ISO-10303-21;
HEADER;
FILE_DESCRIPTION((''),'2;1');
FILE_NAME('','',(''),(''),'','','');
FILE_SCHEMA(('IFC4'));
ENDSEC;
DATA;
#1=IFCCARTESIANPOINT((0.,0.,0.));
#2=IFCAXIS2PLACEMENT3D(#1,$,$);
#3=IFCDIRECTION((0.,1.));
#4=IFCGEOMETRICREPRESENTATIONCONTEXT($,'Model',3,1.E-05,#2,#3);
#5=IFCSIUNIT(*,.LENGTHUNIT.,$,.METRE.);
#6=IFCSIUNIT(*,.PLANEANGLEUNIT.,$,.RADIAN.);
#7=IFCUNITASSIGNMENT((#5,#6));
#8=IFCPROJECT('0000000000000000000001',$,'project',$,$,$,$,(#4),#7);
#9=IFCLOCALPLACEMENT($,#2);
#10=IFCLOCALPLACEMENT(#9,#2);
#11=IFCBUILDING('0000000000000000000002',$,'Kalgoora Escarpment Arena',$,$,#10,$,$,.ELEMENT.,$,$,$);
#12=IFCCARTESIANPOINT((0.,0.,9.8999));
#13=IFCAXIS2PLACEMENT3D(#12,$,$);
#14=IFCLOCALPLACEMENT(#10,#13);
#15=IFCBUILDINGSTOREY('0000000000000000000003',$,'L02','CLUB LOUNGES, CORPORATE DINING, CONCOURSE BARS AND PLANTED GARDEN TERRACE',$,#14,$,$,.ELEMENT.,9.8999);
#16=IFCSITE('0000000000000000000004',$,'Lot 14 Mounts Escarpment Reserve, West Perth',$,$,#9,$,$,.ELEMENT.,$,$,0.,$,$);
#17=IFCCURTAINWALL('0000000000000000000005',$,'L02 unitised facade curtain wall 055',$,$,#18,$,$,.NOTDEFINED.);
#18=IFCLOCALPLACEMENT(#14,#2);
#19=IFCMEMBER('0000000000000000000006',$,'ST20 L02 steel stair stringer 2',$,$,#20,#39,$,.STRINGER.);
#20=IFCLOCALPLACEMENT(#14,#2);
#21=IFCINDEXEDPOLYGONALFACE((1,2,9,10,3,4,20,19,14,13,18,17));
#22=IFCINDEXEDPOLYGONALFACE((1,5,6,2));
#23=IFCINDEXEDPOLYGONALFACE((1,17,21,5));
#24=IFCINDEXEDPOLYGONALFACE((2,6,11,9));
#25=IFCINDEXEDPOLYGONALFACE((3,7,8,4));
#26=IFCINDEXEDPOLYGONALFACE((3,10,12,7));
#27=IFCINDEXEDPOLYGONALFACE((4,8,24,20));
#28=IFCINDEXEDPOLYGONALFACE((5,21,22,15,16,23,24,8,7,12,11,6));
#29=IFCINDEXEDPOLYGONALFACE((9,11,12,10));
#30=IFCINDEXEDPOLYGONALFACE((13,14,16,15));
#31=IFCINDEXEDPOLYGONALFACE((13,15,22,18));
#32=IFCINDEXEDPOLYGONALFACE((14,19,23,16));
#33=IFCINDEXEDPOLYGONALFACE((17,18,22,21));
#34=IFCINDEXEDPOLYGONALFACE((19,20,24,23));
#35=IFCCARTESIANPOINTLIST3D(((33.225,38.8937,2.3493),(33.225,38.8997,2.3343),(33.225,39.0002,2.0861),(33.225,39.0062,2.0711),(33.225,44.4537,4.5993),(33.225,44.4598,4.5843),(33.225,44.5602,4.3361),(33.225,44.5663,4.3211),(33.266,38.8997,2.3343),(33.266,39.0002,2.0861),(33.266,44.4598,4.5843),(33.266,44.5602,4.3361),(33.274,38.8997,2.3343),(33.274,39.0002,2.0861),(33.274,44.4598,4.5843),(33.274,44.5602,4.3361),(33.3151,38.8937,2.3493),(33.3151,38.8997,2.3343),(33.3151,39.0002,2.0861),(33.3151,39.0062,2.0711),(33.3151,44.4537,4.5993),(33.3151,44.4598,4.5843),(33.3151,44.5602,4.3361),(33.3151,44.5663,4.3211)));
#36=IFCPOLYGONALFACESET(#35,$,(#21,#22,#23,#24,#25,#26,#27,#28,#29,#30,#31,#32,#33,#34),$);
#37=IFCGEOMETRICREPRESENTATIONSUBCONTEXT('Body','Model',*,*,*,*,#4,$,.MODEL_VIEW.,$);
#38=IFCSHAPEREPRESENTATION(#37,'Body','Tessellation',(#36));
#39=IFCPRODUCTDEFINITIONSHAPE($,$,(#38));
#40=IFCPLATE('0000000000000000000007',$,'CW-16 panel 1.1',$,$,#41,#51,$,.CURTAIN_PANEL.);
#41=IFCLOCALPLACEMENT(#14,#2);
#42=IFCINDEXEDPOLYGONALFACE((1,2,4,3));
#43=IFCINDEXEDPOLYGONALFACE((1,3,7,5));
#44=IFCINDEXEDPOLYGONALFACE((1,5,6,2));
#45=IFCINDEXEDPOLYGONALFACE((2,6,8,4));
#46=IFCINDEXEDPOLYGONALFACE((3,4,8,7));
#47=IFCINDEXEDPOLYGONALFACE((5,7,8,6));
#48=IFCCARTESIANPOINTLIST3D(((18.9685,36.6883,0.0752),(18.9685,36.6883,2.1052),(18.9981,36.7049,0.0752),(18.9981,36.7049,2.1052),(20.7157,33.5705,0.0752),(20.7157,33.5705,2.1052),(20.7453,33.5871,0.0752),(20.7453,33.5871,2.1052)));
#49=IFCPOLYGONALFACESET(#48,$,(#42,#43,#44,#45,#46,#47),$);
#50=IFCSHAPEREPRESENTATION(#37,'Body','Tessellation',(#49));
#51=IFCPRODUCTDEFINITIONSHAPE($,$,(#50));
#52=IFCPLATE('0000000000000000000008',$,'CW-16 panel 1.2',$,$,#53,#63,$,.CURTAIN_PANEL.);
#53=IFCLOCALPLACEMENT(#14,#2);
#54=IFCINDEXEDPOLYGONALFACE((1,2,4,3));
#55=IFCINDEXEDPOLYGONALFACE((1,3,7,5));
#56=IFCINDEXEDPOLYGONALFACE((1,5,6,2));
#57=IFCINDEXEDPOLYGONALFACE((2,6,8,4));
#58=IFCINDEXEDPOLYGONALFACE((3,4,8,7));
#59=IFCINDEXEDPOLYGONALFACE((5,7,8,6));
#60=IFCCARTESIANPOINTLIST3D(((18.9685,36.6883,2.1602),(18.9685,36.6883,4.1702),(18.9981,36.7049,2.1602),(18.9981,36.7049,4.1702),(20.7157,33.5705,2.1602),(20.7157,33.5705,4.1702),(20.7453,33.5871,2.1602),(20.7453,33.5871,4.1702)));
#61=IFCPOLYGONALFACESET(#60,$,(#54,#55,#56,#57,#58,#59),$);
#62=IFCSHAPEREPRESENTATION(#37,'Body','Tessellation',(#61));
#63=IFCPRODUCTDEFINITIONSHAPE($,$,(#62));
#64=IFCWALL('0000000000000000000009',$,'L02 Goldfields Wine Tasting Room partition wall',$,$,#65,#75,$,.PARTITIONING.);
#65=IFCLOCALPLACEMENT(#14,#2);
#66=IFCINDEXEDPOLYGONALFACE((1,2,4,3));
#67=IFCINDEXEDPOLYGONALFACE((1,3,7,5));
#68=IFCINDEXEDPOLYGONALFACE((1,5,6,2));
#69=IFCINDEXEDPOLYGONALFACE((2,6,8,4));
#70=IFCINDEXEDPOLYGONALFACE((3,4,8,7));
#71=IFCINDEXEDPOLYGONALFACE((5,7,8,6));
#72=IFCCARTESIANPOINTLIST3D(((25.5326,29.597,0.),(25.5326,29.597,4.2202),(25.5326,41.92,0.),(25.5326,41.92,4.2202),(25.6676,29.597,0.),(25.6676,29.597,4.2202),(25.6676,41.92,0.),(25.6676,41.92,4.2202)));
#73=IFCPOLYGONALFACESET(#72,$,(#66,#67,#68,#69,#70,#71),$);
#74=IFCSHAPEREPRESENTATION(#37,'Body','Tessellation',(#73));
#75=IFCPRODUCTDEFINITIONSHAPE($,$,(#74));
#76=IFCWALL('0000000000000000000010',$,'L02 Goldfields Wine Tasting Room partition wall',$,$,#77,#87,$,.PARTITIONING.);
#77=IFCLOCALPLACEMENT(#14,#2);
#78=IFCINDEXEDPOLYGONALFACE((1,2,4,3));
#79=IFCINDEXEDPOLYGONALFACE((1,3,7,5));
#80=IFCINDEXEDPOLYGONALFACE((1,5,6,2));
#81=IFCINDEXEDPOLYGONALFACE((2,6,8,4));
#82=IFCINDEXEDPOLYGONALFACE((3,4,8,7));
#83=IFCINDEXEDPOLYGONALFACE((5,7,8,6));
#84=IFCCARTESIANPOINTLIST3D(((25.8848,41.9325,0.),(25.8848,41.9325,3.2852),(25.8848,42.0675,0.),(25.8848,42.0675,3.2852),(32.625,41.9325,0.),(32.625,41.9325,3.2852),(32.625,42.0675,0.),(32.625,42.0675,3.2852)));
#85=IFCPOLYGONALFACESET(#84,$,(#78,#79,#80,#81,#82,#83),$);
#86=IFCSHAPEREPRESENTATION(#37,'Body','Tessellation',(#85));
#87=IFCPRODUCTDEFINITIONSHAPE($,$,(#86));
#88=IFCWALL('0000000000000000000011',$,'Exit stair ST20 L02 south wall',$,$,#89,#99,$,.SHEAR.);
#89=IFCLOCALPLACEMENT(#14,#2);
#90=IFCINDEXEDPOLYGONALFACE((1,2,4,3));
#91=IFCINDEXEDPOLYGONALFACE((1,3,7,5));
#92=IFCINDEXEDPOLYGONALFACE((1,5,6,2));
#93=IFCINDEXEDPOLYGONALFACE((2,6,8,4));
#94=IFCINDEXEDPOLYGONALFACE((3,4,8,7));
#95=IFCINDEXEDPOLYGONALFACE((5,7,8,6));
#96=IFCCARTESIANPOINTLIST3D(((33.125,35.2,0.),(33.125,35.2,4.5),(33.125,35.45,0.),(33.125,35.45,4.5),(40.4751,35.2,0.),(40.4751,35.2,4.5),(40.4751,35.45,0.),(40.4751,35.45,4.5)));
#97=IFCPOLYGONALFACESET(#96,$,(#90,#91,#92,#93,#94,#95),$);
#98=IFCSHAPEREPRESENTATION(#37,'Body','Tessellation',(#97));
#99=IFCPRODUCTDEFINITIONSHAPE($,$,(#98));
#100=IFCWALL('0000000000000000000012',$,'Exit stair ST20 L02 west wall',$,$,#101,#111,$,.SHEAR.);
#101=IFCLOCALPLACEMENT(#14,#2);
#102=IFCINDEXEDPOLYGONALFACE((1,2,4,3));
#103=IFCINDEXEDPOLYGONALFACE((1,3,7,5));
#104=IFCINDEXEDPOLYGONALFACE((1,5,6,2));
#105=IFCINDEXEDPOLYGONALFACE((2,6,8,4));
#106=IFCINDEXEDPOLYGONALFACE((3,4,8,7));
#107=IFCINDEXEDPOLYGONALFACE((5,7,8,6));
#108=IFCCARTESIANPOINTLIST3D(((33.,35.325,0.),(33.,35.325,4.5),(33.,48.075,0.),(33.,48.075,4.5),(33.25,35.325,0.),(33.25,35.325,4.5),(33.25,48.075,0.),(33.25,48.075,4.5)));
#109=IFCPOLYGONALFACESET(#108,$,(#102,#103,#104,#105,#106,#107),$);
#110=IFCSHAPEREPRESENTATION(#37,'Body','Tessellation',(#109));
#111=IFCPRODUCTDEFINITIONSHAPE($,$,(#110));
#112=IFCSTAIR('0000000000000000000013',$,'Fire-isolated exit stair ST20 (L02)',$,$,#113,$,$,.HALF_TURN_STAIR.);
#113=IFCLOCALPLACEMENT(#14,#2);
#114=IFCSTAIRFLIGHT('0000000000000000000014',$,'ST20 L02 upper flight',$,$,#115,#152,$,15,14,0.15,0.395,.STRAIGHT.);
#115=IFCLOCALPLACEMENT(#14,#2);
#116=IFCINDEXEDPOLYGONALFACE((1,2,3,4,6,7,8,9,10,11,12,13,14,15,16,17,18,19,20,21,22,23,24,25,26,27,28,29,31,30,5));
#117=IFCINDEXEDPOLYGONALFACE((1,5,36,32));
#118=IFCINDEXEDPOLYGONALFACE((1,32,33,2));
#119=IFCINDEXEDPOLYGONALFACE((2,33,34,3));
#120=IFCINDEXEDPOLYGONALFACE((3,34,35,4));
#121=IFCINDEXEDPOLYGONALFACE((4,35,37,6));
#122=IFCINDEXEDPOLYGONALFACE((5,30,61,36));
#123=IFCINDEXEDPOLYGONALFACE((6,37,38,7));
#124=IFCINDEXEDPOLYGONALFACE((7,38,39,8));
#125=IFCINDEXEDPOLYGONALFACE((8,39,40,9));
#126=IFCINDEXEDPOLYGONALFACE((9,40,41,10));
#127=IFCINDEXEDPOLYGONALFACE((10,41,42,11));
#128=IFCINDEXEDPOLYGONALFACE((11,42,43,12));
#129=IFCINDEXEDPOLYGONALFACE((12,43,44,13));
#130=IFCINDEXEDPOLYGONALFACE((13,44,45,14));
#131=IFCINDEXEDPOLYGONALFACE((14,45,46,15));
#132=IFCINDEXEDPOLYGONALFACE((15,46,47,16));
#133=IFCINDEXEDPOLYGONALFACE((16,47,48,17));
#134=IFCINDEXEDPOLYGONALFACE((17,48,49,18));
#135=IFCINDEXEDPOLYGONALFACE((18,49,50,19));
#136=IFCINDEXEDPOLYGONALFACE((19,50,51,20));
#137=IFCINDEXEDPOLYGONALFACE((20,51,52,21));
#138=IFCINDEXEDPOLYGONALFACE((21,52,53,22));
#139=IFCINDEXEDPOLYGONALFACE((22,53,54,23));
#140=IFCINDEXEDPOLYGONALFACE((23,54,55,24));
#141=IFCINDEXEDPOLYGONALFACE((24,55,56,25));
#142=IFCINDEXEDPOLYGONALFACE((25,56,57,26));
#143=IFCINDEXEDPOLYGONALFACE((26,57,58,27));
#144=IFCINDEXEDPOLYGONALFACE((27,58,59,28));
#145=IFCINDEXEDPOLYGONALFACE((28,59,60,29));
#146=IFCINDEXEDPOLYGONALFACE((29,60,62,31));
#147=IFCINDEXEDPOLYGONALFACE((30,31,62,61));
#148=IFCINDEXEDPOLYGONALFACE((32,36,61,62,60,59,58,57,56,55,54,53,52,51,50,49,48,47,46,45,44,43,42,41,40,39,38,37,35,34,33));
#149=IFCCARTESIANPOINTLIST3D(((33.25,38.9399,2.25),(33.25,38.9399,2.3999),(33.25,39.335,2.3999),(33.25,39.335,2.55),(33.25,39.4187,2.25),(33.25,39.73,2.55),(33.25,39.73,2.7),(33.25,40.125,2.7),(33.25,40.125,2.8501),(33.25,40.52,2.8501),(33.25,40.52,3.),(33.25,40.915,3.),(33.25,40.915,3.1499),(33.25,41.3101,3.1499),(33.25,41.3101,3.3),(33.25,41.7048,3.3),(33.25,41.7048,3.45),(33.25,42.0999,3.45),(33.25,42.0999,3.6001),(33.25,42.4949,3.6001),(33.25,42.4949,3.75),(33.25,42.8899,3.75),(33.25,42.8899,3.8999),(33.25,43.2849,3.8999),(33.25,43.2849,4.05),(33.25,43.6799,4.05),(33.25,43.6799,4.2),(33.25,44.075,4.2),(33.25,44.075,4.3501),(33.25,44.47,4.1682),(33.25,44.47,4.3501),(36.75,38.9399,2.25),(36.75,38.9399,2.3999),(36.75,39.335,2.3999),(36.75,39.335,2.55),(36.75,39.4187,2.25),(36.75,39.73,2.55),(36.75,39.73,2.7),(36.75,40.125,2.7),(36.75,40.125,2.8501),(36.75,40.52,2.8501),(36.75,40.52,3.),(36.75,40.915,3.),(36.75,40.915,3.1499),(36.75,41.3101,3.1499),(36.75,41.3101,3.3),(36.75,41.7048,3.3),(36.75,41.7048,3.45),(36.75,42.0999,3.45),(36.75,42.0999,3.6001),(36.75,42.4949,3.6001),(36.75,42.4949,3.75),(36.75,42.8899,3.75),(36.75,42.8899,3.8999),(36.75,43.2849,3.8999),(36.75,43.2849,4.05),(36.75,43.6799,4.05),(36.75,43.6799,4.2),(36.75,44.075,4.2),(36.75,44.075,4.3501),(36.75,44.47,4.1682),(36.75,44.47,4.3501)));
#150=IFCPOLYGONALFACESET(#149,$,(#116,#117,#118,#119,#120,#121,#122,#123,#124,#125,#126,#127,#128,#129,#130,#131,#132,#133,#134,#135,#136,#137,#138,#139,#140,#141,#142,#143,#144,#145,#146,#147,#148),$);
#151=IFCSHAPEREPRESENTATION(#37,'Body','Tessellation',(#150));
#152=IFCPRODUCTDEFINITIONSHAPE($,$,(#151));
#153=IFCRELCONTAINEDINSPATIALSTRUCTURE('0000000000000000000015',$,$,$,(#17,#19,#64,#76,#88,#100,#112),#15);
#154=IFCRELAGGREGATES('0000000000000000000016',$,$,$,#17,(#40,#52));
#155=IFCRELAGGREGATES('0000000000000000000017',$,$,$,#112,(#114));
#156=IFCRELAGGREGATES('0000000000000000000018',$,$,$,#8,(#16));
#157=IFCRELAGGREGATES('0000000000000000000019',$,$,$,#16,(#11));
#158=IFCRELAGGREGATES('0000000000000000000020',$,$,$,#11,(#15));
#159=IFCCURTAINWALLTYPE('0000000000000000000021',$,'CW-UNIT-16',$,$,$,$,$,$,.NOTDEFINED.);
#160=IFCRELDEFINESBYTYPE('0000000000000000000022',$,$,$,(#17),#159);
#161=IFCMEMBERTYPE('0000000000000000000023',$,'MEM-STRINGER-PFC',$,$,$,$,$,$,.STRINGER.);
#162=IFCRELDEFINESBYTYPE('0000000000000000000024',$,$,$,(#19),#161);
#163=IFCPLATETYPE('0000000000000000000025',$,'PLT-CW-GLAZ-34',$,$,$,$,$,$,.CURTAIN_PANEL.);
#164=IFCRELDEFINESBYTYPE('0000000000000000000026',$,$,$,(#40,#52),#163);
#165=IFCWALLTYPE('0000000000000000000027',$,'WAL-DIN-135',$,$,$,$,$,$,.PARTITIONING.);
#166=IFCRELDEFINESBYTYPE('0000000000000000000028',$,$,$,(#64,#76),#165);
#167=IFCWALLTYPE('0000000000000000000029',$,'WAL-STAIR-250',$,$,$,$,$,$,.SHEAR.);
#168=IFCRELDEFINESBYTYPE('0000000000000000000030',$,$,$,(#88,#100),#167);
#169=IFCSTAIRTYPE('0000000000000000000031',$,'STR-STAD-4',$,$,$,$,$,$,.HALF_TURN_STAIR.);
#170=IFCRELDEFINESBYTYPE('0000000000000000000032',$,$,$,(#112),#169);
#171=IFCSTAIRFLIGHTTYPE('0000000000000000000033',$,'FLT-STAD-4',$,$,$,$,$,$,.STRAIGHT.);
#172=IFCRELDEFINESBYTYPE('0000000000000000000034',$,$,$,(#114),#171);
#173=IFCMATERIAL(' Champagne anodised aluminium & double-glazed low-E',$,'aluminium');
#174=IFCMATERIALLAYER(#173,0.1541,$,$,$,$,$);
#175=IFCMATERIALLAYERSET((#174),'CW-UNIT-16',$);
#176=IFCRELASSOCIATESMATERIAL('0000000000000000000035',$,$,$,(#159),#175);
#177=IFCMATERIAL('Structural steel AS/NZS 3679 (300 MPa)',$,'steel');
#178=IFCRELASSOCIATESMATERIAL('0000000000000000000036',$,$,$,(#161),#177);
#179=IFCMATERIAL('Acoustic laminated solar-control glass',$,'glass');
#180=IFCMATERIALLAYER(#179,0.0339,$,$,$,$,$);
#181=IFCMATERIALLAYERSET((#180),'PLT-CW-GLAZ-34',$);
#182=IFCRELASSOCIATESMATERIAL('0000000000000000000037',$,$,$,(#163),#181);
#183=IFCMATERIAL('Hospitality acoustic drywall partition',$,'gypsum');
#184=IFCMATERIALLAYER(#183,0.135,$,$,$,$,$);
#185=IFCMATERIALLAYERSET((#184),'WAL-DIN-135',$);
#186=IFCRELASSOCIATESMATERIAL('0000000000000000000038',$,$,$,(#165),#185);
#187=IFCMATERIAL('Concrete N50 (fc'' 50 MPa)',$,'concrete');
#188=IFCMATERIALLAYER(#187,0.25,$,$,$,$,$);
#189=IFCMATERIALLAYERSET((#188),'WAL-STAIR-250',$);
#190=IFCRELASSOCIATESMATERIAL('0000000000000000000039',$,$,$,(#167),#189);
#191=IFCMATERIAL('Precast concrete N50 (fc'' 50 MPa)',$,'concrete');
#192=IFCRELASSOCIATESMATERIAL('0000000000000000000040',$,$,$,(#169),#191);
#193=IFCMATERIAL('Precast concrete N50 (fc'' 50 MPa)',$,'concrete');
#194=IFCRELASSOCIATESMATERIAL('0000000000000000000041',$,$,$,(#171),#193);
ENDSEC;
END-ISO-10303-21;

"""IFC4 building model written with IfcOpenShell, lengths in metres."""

from ifc_helpers import new_model, si_unit, direction, frame, frame_2d, origin, origin_2d, place, context, subcontext, project, spatial, polyline, rectangle, i_section, outline, extrude, material, layer, layer_set, material_profile, profile_set, type_object, element, aggregate, save


model = new_model("IFC4")

# Units and contexts
model_context = context("Model", 3, precision=1e-05, world=origin(), true_north=direction((0.0, 1.0)))
body_context = subcontext(model_context, "Body", "Model", "MODEL_VIEW")
ifc_project = project(units=[si_unit("LENGTHUNIT", "METRE"), si_unit("PLANEANGLEUNIT", "RADIAN")], contexts=[model_context])

# Site, building, storey
site_placement = place(None, origin())
site = spatial("IfcSite", under=ifc_project, at=site_placement, Name="Lot 14 Mounts Escarpment Reserve, West Perth", CompositionType="ELEMENT", RefElevation=0.0)
building_placement = place(site_placement, origin())
building = spatial("IfcBuilding", under=site, at=building_placement, Name="Kalgoora Escarpment Arena", CompositionType="ELEMENT")
storey_placement = place(building_placement, frame((0.0, 0.0, 9.8999)))
storey = spatial("IfcBuildingStorey", under=building, at=storey_placement, Name="L02", Description="CLUB LOUNGES, CORPORATE DINING, CONCOURSE BARS AND PLANTED GARDEN TERRACE", CompositionType="ELEMENT", Elevation=9.8999)

# Curtain wall
ifc_material_1 = material(Name=" Champagne anodised aluminium & double-glazed low-E", Category="aluminium")
ifc_layer_1 = layer(ifc_material_1, 0.1541)
ifc_layer_set_1 = layer_set([ifc_layer_1], Name="CW-UNIT-16")
curtain_wall_type = type_object("IfcCurtainWallType", Name="CW-UNIT-16", PredefinedType="NOTDEFINED", material=ifc_layer_set_1)
curtain_wall_placement = place(storey_placement, origin())
curtain_wall = element("IfcCurtainWall", 1, at=curtain_wall_placement, inside=storey, type_object=curtain_wall_type, Name="L02 unitised facade curtain wall 055", PredefinedType="NOTDEFINED")

# Member
ifc_material_2 = material(Name="Structural steel AS/NZS 3679 (300 MPa)", Category="steel")
ifc_material_profile_1 = material_profile(ifc_material_2, i_section(OverallWidth=0.0901, OverallDepth=0.3, WebThickness=0.0081, FlangeThickness=0.0161, at=origin_2d()))
ifc_profile_set_1 = profile_set([ifc_material_profile_1], Name="Structural steel AS/NZS 3679 (300 MPa)")
member_type_1 = type_object("IfcMemberType", Name="MEM-STRINGER-PFC", PredefinedType="STRINGER", material=ifc_profile_set_1)
member_1_placement = place(storey_placement, frame((33.27, 38.95, 2.2102), z_axis=(0.0, 0.926976, 0.375121), x_axis=(-1.0, 0.0, 0.0)))
element("IfcMember", 2, at=member_1_placement, inside=storey, type_object=member_type_1, Name="ST20 L02 steel stair stringer 2", PredefinedType="STRINGER", context=body_context, shape_type="SweptSolid", body=[
    extrude(i_section(OverallWidth=0.0901, OverallDepth=0.3, WebThickness=0.0081, FlangeThickness=0.0161, at=origin_2d()), origin(), (0.0, 0.0, 1.0), 5.998),
])

# Plates
ifc_material_3 = material(Name="Acoustic laminated solar-control glass", Category="glass")
ifc_layer_2 = layer(ifc_material_3, 0.0339)
ifc_layer_set_2 = layer_set([ifc_layer_2], Name="PLT-CW-GLAZ-34")
plate_type = type_object("IfcPlateType", Name="PLT-CW-GLAZ-34", PredefinedType="CURTAIN_PANEL", material=ifc_layer_set_2)
plate_1_placement = place(storey_placement, frame((19.8569, 35.1377, 0.0752), z_axis=(0.0, 0.0, 1.0), x_axis=(-0.488871, 0.872356, 0.0)))
plate_1 = element("IfcPlate", 3, at=plate_1_placement, type_object=plate_type, Name="CW-16 panel 1.1", PredefinedType="CURTAIN_PANEL", context=body_context, shape_type="SweptSolid", body=[
    extrude(rectangle(XDim=3.574, YDim=0.0339, at=origin_2d()), origin(), (0.0, 0.0, 1.0), 2.03),
])
plate_2_placement = place(storey_placement, frame((19.8569, 35.1377, 2.1602), z_axis=(0.0, 0.0, 1.0), x_axis=(-0.488871, 0.872356, 0.0)))
plate_2 = element("IfcPlate", 4, at=plate_2_placement, type_object=plate_type, Name="CW-16 panel 1.2", PredefinedType="CURTAIN_PANEL", context=body_context, shape_type="SweptSolid", body=[
    extrude(rectangle(XDim=3.574, YDim=0.0339, at=origin_2d()), origin(), (0.0, 0.0, 1.0), 2.01),
])
aggregate(curtain_wall, [plate_1, plate_2])

# Walls
ifc_material_4 = material(Name="Hospitality acoustic drywall partition", Category="gypsum")
ifc_layer_3 = layer(ifc_material_4, 0.135)
ifc_layer_set_3 = layer_set([ifc_layer_3], Name="WAL-DIN-135")
wall_type_1 = type_object("IfcWallType", Name="WAL-DIN-135", PredefinedType="PARTITIONING", material=ifc_layer_set_3)
wall_1_placement = place(storey_placement, frame((25.6001, 29.5969, 0.0), z_axis=(0.0, 0.0, 1.0), x_axis=(0.0, 1.0, 0.0)))
element("IfcWall", 5, at=wall_1_placement, inside=storey, type_object=wall_type_1, Name="L02 Goldfields Wine Tasting Room partition wall", PredefinedType="PARTITIONING", context=body_context, shape_type="SweptSolid", body=[
    extrude(rectangle(XDim=12.323, YDim=0.135, at=frame_2d((6.1616, 0.0))), origin(), (0.0, 0.0, 1.0), 4.2202),
])
wall_2_placement = place(storey_placement, frame((25.8848, 42.0, 0.0), z_axis=(0.0, 0.0, 1.0), x_axis=(1.0, 0.0, 0.0)))
element("IfcWall", 6, at=wall_2_placement, inside=storey, type_object=wall_type_1, Name="L02 Goldfields Wine Tasting Room partition wall", PredefinedType="PARTITIONING", context=body_context, shape_type="SweptSolid", body=[
    extrude(rectangle(XDim=6.7402, YDim=0.135, at=frame_2d((3.3701, 0.0))), origin(), (0.0, 0.0, 1.0), 3.2852),
])
ifc_material_5 = material(Name="Concrete N50 (fc' 50 MPa)", Category="concrete")
ifc_layer_4 = layer(ifc_material_5, 0.25)
ifc_layer_set_4 = layer_set([ifc_layer_4], Name="WAL-STAIR-250")
wall_type_2 = type_object("IfcWallType", Name="WAL-STAIR-250", PredefinedType="SHEAR", material=ifc_layer_set_4)
wall_3_placement = place(storey_placement, frame((33.125, 35.325, 0.0), z_axis=(0.0, 0.0, 1.0), x_axis=(1.0, 0.0, 0.0)))
element("IfcWall", 7, at=wall_3_placement, inside=storey, type_object=wall_type_2, Name="Exit stair ST20 L02 south wall", PredefinedType="SHEAR", context=body_context, shape_type="SweptSolid", body=[
    extrude(rectangle(XDim=7.3501, YDim=0.25, at=frame_2d((3.675, 0.0))), origin(), (0.0, 0.0, 1.0), 4.5),
])
wall_4_placement = place(storey_placement, frame((33.125, 35.325, 0.0), z_axis=(0.0, 0.0, 1.0), x_axis=(0.0, 1.0, 0.0)))
element("IfcWall", 8, at=wall_4_placement, inside=storey, type_object=wall_type_2, Name="Exit stair ST20 L02 west wall", PredefinedType="SHEAR", context=body_context, shape_type="SweptSolid", body=[
    extrude(rectangle(XDim=12.75, YDim=0.25, at=frame_2d((6.375, 0.0))), origin(), (0.0, 0.0, 1.0), 4.5),
])

# Stair, stair flight
ifc_material_6 = material(Name="Precast concrete N50 (fc' 50 MPa)", Category="concrete")
stair_type = type_object("IfcStairType", Name="STR-STAD-4", PredefinedType="HALF_TURN_STAIR", material=ifc_material_6)
stair_placement = place(storey_placement, origin())
stair = element("IfcStair", 9, at=stair_placement, inside=storey, type_object=stair_type, Name="Fire-isolated exit stair ST20 (L02)", PredefinedType="HALF_TURN_STAIR")
ifc_material_7 = material(Name="Precast concrete N50 (fc' 50 MPa)", Category="concrete")
stair_flight_type = type_object("IfcStairFlightType", Name="FLT-STAD-4", PredefinedType="STRAIGHT", material=ifc_material_7)
stair_flight_placement = place(storey_placement, frame((35.0, 38.9399, 2.25), z_axis=(0.0, 0.0, 1.0), x_axis=(0.0, 1.0, 0.0)))
stair_flight = element("IfcStairFlight", 10, at=stair_flight_placement, type_object=stair_flight_type, Name="ST20 L02 upper flight", NumberOfRisers=15, NumberOfTreads=14, PredefinedType="STRAIGHT", RiserHeight=0.15, TreadLength=0.395, context=body_context, shape_type="SweptSolid", body=[
    extrude(outline(polyline([(0.0, 0.0), (0.0, 0.1499), (0.395, 0.1499), (0.395, 0.3), (0.79, 0.3), (0.79, 0.45), (1.1851, 0.45), (1.1851, 0.6001), (1.5801, 0.6001), (1.5801, 0.75), (1.9751, 0.75), (1.9751, 0.8999), (2.3701, 0.8999), (2.3701, 1.05), (2.7649, 1.05), (2.7649, 1.2), (3.1599, 1.2), (3.1599, 1.3501), (3.5549, 1.3501), (3.5549, 1.5), (3.95, 1.5), (3.95, 1.6499), (4.345, 1.6499), (4.345, 1.8), (4.74, 1.8), (4.74, 1.95), (5.135, 1.95), (5.135, 2.1001), (5.53, 2.1001), (5.53, 2.25), (5.53, 1.9182), (0.4788, 0.0), (0.0, 0.0)])), frame((0.0, 1.75, 0.0), z_axis=(0.0, -1.0, 0.0), x_axis=(1.0, 0.0, 0.0)), (0.0, 0.0, 1.0), 3.5),
])
aggregate(stair, [stair_flight])

save(model, "model.ifc")
